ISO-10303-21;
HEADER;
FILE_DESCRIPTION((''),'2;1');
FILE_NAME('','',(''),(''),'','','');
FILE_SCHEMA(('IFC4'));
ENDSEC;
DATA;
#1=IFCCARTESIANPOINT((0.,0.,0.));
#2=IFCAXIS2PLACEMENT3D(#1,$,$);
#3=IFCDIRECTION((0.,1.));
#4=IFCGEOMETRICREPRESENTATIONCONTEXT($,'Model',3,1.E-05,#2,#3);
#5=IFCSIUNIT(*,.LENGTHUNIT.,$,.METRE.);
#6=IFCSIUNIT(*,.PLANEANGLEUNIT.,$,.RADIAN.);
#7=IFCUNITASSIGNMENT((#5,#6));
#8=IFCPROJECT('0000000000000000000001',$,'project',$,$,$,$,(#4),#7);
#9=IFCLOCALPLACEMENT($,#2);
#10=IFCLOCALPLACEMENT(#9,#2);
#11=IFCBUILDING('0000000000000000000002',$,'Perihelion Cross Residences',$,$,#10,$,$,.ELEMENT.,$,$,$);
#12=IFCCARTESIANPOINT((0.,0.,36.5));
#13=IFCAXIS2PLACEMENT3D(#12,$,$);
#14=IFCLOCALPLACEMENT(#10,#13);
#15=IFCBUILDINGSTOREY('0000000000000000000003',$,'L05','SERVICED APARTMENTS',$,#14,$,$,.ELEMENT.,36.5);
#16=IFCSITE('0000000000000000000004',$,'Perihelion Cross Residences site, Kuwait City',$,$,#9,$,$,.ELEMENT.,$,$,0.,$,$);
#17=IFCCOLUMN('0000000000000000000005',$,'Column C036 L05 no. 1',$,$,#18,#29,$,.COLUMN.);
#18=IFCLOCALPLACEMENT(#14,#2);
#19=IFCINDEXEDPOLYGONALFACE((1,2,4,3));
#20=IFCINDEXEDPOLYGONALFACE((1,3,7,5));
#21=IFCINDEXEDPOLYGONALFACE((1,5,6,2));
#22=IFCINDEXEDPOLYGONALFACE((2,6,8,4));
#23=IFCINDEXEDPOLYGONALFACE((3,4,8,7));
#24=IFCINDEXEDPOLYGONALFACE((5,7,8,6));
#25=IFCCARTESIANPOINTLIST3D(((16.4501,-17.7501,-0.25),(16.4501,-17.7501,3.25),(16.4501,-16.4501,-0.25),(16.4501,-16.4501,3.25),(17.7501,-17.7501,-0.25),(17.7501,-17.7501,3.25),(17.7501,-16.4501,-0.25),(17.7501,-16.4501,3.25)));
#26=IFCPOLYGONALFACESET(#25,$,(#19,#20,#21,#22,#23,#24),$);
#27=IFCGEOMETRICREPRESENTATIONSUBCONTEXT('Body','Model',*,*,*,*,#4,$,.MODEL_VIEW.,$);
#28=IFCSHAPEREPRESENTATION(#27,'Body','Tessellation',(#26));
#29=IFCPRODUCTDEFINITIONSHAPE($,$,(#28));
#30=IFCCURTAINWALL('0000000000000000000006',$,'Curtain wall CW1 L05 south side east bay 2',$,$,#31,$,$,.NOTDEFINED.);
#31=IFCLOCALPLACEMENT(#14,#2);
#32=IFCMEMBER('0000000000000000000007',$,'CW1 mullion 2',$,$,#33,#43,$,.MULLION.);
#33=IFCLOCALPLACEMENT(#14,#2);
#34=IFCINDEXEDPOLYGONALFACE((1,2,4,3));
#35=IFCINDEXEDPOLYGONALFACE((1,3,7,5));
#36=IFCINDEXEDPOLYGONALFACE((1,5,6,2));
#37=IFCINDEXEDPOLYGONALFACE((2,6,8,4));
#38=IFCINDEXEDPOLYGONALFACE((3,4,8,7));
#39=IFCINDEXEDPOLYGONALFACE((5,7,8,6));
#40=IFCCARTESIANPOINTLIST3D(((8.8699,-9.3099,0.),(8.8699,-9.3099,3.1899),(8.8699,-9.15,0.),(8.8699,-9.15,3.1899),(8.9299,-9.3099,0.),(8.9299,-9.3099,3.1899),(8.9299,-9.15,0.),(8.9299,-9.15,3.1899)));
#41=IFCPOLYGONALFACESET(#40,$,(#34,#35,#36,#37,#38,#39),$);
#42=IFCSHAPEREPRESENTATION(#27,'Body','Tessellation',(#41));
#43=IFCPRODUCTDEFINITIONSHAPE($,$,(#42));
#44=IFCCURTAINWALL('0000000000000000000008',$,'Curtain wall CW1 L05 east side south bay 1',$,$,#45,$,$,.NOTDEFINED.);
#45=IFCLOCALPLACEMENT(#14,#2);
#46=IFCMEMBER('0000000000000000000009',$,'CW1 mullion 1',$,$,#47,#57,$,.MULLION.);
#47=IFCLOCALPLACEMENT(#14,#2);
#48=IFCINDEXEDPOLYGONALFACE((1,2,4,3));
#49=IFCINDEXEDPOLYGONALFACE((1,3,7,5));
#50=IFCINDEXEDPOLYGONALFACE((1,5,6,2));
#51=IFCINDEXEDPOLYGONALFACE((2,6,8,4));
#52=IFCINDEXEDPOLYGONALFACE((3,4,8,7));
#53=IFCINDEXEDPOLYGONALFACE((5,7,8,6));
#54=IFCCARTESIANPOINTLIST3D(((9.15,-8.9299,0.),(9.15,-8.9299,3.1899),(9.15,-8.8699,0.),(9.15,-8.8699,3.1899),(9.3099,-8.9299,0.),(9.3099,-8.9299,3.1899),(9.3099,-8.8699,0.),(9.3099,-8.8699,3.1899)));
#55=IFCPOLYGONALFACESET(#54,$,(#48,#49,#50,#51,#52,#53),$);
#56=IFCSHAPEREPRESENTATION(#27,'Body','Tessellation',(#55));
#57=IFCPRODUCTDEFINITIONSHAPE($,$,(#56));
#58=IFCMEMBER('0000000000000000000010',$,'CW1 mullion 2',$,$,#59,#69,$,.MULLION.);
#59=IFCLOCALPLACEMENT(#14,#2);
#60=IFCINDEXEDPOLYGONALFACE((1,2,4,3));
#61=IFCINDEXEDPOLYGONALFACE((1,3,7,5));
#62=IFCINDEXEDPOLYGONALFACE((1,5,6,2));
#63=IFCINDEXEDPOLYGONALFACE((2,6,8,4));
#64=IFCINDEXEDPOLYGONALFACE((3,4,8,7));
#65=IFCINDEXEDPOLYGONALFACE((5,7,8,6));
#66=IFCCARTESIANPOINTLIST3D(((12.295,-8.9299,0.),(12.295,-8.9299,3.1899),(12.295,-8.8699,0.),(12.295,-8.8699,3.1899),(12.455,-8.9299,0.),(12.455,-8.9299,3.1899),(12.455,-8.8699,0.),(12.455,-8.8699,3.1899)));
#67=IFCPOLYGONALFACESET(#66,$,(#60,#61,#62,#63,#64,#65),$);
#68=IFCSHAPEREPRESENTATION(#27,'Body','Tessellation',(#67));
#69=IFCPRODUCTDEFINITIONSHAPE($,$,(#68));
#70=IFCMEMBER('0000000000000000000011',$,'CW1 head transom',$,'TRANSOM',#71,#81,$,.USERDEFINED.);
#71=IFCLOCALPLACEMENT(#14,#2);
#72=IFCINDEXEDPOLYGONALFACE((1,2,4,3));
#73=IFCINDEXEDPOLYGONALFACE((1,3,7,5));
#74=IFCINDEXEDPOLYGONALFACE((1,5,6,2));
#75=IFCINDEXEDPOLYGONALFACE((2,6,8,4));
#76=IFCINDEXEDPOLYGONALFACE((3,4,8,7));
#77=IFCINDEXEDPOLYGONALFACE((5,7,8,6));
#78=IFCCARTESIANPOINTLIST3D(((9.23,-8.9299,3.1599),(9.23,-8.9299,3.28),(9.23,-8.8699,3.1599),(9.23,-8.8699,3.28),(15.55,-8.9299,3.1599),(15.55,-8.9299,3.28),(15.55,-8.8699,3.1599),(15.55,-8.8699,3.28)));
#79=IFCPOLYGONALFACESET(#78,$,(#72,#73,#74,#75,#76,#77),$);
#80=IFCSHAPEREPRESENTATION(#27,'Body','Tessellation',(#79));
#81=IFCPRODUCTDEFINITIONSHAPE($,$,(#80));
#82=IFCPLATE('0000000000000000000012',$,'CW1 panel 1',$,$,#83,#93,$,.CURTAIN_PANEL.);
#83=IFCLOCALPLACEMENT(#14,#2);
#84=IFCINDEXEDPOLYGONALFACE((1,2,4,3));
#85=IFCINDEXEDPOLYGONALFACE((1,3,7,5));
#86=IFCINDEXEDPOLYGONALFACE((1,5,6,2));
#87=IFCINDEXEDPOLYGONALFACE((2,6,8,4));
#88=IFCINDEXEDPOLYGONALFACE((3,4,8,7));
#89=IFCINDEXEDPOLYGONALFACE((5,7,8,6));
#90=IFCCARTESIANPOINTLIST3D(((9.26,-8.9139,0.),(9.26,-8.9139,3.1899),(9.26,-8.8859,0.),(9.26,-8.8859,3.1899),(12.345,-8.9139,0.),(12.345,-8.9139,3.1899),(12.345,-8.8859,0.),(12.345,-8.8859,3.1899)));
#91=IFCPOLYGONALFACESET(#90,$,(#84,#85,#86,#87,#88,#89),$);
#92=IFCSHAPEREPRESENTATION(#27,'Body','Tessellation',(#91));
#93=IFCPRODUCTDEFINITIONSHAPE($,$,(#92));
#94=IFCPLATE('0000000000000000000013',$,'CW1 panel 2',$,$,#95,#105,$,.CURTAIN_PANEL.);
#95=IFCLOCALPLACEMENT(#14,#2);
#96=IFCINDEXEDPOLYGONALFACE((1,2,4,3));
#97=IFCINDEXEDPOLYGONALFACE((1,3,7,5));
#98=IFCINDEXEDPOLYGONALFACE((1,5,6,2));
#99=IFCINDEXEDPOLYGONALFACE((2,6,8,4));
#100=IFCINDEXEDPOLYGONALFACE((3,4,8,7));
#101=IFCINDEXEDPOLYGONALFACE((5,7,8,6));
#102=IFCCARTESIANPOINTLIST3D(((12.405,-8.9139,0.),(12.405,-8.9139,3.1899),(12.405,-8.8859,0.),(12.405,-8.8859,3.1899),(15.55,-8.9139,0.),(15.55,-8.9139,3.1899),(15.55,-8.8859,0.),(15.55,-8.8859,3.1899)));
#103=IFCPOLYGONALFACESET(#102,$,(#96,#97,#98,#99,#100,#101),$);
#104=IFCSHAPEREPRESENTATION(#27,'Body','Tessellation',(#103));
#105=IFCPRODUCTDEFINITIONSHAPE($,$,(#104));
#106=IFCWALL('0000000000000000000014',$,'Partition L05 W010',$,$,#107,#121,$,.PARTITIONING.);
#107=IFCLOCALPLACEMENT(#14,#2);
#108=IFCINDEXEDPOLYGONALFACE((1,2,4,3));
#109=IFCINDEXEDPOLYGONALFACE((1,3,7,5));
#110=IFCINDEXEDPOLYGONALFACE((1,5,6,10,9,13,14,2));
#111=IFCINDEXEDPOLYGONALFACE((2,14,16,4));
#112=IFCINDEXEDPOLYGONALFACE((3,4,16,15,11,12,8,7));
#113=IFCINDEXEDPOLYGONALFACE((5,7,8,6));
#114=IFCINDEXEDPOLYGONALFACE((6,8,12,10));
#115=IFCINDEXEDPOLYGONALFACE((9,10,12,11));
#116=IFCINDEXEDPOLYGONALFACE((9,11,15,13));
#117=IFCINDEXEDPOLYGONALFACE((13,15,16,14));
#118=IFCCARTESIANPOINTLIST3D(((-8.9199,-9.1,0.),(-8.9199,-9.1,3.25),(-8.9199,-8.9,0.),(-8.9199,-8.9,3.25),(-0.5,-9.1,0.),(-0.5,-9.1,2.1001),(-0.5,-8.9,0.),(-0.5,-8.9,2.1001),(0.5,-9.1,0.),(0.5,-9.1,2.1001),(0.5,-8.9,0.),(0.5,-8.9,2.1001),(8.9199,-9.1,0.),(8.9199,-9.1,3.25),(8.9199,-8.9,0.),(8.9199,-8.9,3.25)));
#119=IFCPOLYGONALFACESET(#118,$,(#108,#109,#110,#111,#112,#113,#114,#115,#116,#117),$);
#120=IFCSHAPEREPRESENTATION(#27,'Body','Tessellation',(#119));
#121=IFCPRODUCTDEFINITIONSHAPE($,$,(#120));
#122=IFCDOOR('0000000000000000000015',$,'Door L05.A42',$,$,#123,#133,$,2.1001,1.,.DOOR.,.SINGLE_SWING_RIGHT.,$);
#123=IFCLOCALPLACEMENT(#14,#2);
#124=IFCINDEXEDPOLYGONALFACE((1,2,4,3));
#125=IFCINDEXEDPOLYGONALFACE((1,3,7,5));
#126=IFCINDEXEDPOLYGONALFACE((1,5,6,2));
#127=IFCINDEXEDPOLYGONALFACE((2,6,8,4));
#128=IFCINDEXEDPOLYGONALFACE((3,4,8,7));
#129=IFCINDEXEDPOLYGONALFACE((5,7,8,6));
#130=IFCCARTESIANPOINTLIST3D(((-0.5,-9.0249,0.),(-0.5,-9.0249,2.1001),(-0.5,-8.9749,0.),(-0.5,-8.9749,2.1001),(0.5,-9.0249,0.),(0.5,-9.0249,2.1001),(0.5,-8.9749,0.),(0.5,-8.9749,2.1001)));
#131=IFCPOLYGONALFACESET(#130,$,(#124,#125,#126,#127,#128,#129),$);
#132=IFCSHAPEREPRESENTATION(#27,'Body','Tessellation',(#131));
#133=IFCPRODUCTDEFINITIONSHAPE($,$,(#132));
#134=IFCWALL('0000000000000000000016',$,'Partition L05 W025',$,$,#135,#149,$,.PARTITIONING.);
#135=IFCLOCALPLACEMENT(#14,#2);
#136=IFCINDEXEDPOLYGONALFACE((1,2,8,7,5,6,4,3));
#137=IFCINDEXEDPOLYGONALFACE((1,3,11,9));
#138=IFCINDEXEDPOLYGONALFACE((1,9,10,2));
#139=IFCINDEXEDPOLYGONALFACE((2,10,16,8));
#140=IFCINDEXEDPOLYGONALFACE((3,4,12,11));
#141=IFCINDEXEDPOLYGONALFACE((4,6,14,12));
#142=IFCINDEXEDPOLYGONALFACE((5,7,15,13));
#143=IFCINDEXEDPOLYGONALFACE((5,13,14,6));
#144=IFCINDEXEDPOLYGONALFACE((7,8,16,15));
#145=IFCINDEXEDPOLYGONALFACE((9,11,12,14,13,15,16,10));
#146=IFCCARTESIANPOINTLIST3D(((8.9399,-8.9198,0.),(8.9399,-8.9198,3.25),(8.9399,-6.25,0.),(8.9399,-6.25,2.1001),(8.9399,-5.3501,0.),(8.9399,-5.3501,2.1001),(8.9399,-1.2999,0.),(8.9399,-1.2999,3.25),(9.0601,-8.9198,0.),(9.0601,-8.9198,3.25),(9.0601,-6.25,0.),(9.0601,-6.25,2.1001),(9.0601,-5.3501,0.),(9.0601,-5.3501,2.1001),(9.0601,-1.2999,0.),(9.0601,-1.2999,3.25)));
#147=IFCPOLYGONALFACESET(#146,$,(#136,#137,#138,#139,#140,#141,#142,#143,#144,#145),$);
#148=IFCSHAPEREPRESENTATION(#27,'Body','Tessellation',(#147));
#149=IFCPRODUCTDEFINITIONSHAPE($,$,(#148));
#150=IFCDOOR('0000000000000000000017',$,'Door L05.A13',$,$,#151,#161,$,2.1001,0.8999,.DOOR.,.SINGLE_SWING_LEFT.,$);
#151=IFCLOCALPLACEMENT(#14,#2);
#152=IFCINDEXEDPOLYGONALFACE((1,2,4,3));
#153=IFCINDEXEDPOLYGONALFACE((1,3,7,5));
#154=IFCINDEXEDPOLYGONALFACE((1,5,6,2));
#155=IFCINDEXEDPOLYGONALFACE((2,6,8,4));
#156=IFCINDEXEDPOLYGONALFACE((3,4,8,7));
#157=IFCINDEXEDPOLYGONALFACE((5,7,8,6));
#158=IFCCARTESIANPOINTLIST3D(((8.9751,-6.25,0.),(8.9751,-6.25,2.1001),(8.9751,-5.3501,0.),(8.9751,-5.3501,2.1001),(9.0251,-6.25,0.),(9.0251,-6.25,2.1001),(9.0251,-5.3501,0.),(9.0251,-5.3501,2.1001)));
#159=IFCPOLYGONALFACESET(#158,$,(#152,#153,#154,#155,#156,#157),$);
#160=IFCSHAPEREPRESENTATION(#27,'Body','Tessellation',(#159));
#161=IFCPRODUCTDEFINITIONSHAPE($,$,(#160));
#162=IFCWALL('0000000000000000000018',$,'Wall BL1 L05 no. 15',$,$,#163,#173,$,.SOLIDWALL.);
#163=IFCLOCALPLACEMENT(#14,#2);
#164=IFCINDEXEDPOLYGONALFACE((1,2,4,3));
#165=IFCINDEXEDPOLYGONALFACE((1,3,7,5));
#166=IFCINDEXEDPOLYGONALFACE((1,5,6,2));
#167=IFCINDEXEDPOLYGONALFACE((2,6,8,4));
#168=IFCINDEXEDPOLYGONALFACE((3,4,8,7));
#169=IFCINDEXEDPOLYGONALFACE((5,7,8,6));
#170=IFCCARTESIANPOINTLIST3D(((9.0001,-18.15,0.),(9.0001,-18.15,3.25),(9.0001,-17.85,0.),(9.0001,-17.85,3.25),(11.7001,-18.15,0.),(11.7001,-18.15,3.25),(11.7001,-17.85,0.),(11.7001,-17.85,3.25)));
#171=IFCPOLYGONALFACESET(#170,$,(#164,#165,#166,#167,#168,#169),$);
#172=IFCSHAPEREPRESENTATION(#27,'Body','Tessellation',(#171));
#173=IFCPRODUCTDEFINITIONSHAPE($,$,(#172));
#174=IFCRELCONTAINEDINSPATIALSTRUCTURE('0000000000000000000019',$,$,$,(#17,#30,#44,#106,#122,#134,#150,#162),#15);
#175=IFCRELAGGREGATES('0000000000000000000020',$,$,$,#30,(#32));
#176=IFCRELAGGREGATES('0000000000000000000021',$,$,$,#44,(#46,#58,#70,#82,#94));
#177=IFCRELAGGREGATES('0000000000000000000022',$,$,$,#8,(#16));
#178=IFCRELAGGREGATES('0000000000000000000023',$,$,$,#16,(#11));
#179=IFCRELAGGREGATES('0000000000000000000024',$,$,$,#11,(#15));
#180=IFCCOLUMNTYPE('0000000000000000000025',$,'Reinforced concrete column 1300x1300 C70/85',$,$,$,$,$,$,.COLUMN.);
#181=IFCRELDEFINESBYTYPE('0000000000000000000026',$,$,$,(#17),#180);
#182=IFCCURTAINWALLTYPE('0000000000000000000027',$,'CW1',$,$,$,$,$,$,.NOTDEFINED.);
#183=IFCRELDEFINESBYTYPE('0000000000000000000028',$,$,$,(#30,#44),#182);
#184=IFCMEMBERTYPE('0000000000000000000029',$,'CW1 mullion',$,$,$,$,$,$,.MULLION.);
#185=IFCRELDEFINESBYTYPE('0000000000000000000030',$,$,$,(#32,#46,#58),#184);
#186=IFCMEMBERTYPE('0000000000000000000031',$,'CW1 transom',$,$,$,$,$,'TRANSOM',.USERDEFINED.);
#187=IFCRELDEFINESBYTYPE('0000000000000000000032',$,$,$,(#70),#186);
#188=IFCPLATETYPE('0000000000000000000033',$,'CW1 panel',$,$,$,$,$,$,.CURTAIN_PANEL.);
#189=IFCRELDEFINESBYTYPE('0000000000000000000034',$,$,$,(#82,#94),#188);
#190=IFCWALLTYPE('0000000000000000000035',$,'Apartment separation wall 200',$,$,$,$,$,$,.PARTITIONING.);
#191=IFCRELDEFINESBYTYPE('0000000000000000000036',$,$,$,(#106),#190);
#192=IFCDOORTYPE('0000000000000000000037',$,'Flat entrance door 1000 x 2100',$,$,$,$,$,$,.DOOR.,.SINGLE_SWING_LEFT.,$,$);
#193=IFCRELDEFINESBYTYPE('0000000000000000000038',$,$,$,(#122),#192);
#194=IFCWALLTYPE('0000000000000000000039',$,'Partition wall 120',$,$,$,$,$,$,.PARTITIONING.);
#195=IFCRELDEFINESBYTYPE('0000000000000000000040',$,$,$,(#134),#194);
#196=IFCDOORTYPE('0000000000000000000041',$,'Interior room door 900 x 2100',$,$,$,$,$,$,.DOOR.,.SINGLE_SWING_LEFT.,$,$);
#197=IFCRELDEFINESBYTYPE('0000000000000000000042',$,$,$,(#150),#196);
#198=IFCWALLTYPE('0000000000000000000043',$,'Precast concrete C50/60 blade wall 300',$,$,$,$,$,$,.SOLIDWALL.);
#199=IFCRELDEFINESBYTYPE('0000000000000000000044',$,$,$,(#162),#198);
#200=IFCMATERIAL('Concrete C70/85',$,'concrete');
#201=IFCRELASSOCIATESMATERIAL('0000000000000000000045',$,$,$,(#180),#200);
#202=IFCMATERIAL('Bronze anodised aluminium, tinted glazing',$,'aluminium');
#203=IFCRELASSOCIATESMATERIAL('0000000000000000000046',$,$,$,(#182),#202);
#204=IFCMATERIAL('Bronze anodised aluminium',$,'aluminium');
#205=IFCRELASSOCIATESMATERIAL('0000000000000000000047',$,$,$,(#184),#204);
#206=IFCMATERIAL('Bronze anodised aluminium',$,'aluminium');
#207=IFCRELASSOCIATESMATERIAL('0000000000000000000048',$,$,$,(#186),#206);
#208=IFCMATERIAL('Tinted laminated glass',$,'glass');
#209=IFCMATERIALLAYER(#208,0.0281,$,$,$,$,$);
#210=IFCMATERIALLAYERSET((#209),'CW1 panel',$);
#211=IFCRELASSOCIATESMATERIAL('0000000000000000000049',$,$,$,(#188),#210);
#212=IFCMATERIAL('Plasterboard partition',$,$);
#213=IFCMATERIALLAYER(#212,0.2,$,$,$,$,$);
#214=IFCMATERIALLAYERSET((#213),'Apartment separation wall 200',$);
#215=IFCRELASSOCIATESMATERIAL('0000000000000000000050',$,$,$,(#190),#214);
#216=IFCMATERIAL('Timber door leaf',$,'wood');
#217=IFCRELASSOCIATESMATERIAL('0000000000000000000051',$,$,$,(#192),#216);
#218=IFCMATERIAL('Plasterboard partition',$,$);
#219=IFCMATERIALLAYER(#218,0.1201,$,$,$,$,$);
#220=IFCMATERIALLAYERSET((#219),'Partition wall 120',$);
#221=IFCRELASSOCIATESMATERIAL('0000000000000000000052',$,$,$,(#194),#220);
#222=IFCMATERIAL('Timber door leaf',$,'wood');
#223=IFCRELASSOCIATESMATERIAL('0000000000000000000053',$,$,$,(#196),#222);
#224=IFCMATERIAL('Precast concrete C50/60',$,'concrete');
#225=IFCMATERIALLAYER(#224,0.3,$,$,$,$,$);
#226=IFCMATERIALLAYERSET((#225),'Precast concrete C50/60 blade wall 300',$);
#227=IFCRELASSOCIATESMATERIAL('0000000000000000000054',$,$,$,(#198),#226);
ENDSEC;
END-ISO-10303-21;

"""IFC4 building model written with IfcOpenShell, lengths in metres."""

from ifc_helpers import new_model, si_unit, direction, frame, frame_2d, origin, origin_2d, place, context, subcontext, project, spatial, rectangle, extrude, material, layer, layer_set, material_profile, profile_set, type_object, element, fill, aggregate, save


model = new_model("IFC4")

# Units and contexts
model_context = context("Model", 3, precision=1e-05, world=origin(), true_north=direction((0.0, 1.0)))
body_context = subcontext(model_context, "Body", "Model", "MODEL_VIEW")
ifc_project = project(units=[si_unit("LENGTHUNIT", "METRE"), si_unit("PLANEANGLEUNIT", "RADIAN")], contexts=[model_context])

# Site, building, storey
site_placement = place(None, origin())
site = spatial("IfcSite", under=ifc_project, at=site_placement, Name="Perihelion Cross Residences site, Kuwait City", CompositionType="ELEMENT", RefElevation=0.0)
building_placement = place(site_placement, origin())
building = spatial("IfcBuilding", under=site, at=building_placement, Name="Perihelion Cross Residences", CompositionType="ELEMENT")
storey_placement = place(building_placement, frame((0.0, 0.0, 36.5)))
storey = spatial("IfcBuildingStorey", under=building, at=storey_placement, Name="L05", Description="SERVICED APARTMENTS", CompositionType="ELEMENT", Elevation=36.5)

# Column
ifc_material_1 = material(Name="Concrete C70/85", Category="concrete")
ifc_material_profile_1 = material_profile(ifc_material_1, rectangle(XDim=1.3, YDim=1.3, at=origin_2d()), Name="RC 1300x1300")
ifc_profile_set_1 = profile_set([ifc_material_profile_1], Name="Concrete C70/85")
column_type = type_object("IfcColumnType", Name="Reinforced concrete column 1300x1300 C70/85", PredefinedType="COLUMN", material=ifc_profile_set_1)
column_placement = place(storey_placement, frame((17.1001, -17.1001, -0.25), z_axis=(0.0, 0.0, 1.0), x_axis=(1.0, 0.0, 0.0)))
element("IfcColumn", 1, at=column_placement, inside=storey, type_object=column_type, Name="Column C036 L05 no. 1", PredefinedType="COLUMN", context=body_context, shape_type="SweptSolid", body=[
    extrude(rectangle(XDim=1.3, YDim=1.3, at=origin_2d()), origin(), (0.0, 0.0, 1.0), 3.5),
])

# Curtain wall, member
ifc_material_2 = material(Name="Bronze anodised aluminium, tinted glazing", Category="aluminium")
curtain_wall_type = type_object("IfcCurtainWallType", Name="CW1", PredefinedType="NOTDEFINED", material=ifc_material_2)
curtain_wall_1_placement = place(storey_placement, origin())
curtain_wall_1 = element("IfcCurtainWall", 2, at=curtain_wall_1_placement, inside=storey, type_object=curtain_wall_type, Name="Curtain wall CW1 L05 south side east bay 2", PredefinedType="NOTDEFINED")
ifc_material_3 = material(Name="Bronze anodised aluminium", Category="aluminium")
ifc_material_profile_2 = material_profile(ifc_material_3, rectangle(XDim=0.0601, YDim=0.1599, at=origin_2d()), Name="CW1 mullion")
ifc_profile_set_2 = profile_set([ifc_material_profile_2], Name="Bronze anodised aluminium")
member_type_1 = type_object("IfcMemberType", Name="CW1 mullion", PredefinedType="MULLION", material=ifc_profile_set_2)
member_1_placement = place(storey_placement, frame((8.8999, -9.23, 0.0), z_axis=(0.0, 0.0, 1.0), x_axis=(-1.0, 0.0, 0.0)))
member_1 = element("IfcMember", 3, at=member_1_placement, type_object=member_type_1, Name="CW1 mullion 2", PredefinedType="MULLION", context=body_context, shape_type="SweptSolid", body=[
    extrude(rectangle(XDim=0.0601, YDim=0.1599, at=origin_2d()), origin(), (0.0, 0.0, 1.0), 3.1899),
])
aggregate(curtain_wall_1, [member_1])

# Curtain wall, members, plates
curtain_wall_2_placement = place(storey_placement, origin())
curtain_wall_2 = element("IfcCurtainWall", 4, at=curtain_wall_2_placement, inside=storey, type_object=curtain_wall_type, Name="Curtain wall CW1 L05 east side south bay 1", PredefinedType="NOTDEFINED")
member_2_placement = place(storey_placement, frame((9.23, -8.8999, 0.0), z_axis=(0.0, 0.0, 1.0), x_axis=(0.0, 1.0, 0.0)))
member_2 = element("IfcMember", 5, at=member_2_placement, type_object=member_type_1, Name="CW1 mullion 1", PredefinedType="MULLION", context=body_context, shape_type="SweptSolid", body=[
    extrude(rectangle(XDim=0.0601, YDim=0.1599, at=origin_2d()), origin(), (0.0, 0.0, 1.0), 3.1899),
])
member_3_placement = place(storey_placement, frame((12.375, -8.8999, 0.0), z_axis=(0.0, 0.0, 1.0), x_axis=(0.0, 1.0, 0.0)))
member_3 = element("IfcMember", 6, at=member_3_placement, type_object=member_type_1, Name="CW1 mullion 2", PredefinedType="MULLION", context=body_context, shape_type="SweptSolid", body=[
    extrude(rectangle(XDim=0.0601, YDim=0.1599, at=origin_2d()), origin(), (0.0, 0.0, 1.0), 3.1899),
])
ifc_material_4 = material(Name="Bronze anodised aluminium", Category="aluminium")
ifc_material_profile_3 = material_profile(ifc_material_4, rectangle(XDim=0.0601, YDim=0.1201, at=origin_2d()), Name="CW1 transom")
ifc_profile_set_3 = profile_set([ifc_material_profile_3], Name="Bronze anodised aluminium")
member_type_2 = type_object("IfcMemberType", Name="CW1 transom", ElementType="TRANSOM", PredefinedType="USERDEFINED", material=ifc_profile_set_3)
member_4_placement = place(storey_placement, frame((9.23, -8.8999, 3.22), z_axis=(1.0, 0.0, 0.0), x_axis=(0.0, 1.0, 0.0)))
member_4 = element("IfcMember", 7, at=member_4_placement, type_object=member_type_2, Name="CW1 head transom", ObjectType="TRANSOM", PredefinedType="USERDEFINED", context=body_context, shape_type="SweptSolid", body=[
    extrude(rectangle(XDim=0.0601, YDim=0.1201, at=origin_2d()), origin(), (0.0, 0.0, 1.0), 6.3201),
])
ifc_material_5 = material(Name="Tinted laminated glass", Category="glass")
ifc_layer_1 = layer(ifc_material_5, 0.0281)
ifc_layer_set_1 = layer_set([ifc_layer_1], Name="CW1 panel")
plate_type = type_object("IfcPlateType", Name="CW1 panel", PredefinedType="CURTAIN_PANEL", material=ifc_layer_set_1)
plate_1_placement = place(storey_placement, frame((10.8025, -8.8999, 0.0), z_axis=(0.0, 0.0, 1.0), x_axis=(1.0, 0.0, 0.0)))
plate_1 = element("IfcPlate", 8, at=plate_1_placement, type_object=plate_type, Name="CW1 panel 1", PredefinedType="CURTAIN_PANEL", context=body_context, shape_type="SweptSolid", body=[
    extrude(rectangle(XDim=3.085, YDim=0.0281, at=origin_2d()), origin(), (0.0, 0.0, 1.0), 3.1899),
])
plate_2_placement = place(storey_placement, frame((13.9775, -8.8999, 0.0), z_axis=(0.0, 0.0, 1.0), x_axis=(1.0, 0.0, 0.0)))
plate_2 = element("IfcPlate", 9, at=plate_2_placement, type_object=plate_type, Name="CW1 panel 2", PredefinedType="CURTAIN_PANEL", context=body_context, shape_type="SweptSolid", body=[
    extrude(rectangle(XDim=3.145, YDim=0.0281, at=origin_2d()), origin(), (0.0, 0.0, 1.0), 3.1899),
])
aggregate(curtain_wall_2, [member_2, member_3, member_4, plate_1, plate_2])

# Walls, openings, doors
ifc_material_6 = material(Name="Plasterboard partition")
ifc_layer_2 = layer(ifc_material_6, 0.2)
ifc_layer_set_2 = layer_set([ifc_layer_2], Name="Apartment separation wall 200")
wall_type_1 = type_object("IfcWallType", Name="Apartment separation wall 200", PredefinedType="PARTITIONING", material=ifc_layer_set_2)
wall_1_placement = place(storey_placement, frame((8.9199, -9.0, 0.0), z_axis=(0.0, 0.0, 1.0), x_axis=(-1.0, 0.0, 0.0)))
wall_1 = element("IfcWall", 10, at=wall_1_placement, inside=storey, type_object=wall_type_1, Name="Partition L05 W010", PredefinedType="PARTITIONING", context=body_context, shape_type="SweptSolid", body=[
    extrude(rectangle(XDim=17.8398, YDim=0.2, at=frame_2d((8.9199, 0.0))), origin(), (0.0, 0.0, 1.0), 3.25),
])
opening_1_placement = place(wall_1_placement, frame((8.4199, 0.0, 0.0)))
opening_1 = element("IfcOpeningElement", 11, at=opening_1_placement, cuts=wall_1, PredefinedType="OPENING", context=body_context, shape_type="SweptSolid", body=[
    extrude(rectangle(XDim=1.0, YDim=2.1001, at=frame_2d((0.5, 1.05))), frame((0.0, 0.1099, 0.0), z_axis=(0.0, -1.0, 0.0), x_axis=(1.0, 0.0, 0.0)), (0.0, 0.0, 1.0), 0.22),
])
ifc_material_7 = material(Name="Timber door leaf", Category="wood")
door_type_1 = type_object("IfcDoorType", Name="Flat entrance door 1000 x 2100", OperationType="SINGLE_SWING_LEFT", PredefinedType="DOOR", material=ifc_material_7)
door_1_placement = place(opening_1_placement, origin())
door_1 = element("IfcDoor", 12, at=door_1_placement, inside=storey, type_object=door_type_1, Name="Door L05.A42", OperationType="SINGLE_SWING_RIGHT", OverallHeight=2.1001, OverallWidth=1.0, PredefinedType="DOOR", context=body_context, shape_type="SweptSolid", body=[
    extrude(rectangle(XDim=1.0, YDim=2.1001, at=frame_2d((0.5, 1.05))), frame((0.0, 0.0249, 0.0), z_axis=(0.0, -1.0, 0.0), x_axis=(1.0, 0.0, 0.0)), (0.0, 0.0, 1.0), 0.05),
])
fill(opening_1, door_1)
ifc_material_8 = material(Name="Plasterboard partition")
ifc_layer_3 = layer(ifc_material_8, 0.1201)
ifc_layer_set_3 = layer_set([ifc_layer_3], Name="Partition wall 120")
wall_type_2 = type_object("IfcWallType", Name="Partition wall 120", PredefinedType="PARTITIONING", material=ifc_layer_set_3)
wall_2_placement = place(storey_placement, frame((9.0, -8.9199, 0.0), z_axis=(0.0, 0.0, 1.0), x_axis=(0.0, 1.0, 0.0)))
wall_2 = element("IfcWall", 13, at=wall_2_placement, inside=storey, type_object=wall_type_2, Name="Partition L05 W025", PredefinedType="PARTITIONING", context=body_context, shape_type="SweptSolid", body=[
    extrude(rectangle(XDim=7.6199, YDim=0.1201, at=frame_2d((3.8101, 0.0))), origin(), (0.0, 0.0, 1.0), 3.25),
])
opening_2_placement = place(wall_2_placement, frame((2.6699, 0.0, 0.0)))
opening_2 = element("IfcOpeningElement", 14, at=opening_2_placement, cuts=wall_2, PredefinedType="OPENING", context=body_context, shape_type="SweptSolid", body=[
    extrude(rectangle(XDim=0.8999, YDim=2.1001, at=frame_2d((0.45, 1.05))), frame((0.0, 0.0701, 0.0), z_axis=(0.0, -1.0, 0.0), x_axis=(1.0, 0.0, 0.0)), (0.0, 0.0, 1.0), 0.1401),
])
ifc_material_9 = material(Name="Timber door leaf", Category="wood")
door_type_2 = type_object("IfcDoorType", Name="Interior room door 900 x 2100", OperationType="SINGLE_SWING_LEFT", PredefinedType="DOOR", material=ifc_material_9)
door_2_placement = place(opening_2_placement, origin())
door_2 = element("IfcDoor", 15, at=door_2_placement, inside=storey, type_object=door_type_2, Name="Door L05.A13", OperationType="SINGLE_SWING_LEFT", OverallHeight=2.1001, OverallWidth=0.8999, PredefinedType="DOOR", context=body_context, shape_type="SweptSolid", body=[
    extrude(rectangle(XDim=0.8999, YDim=2.1001, at=frame_2d((0.45, 1.05))), frame((0.0, 0.0249, 0.0), z_axis=(0.0, -1.0, 0.0), x_axis=(1.0, 0.0, 0.0)), (0.0, 0.0, 1.0), 0.05),
])
fill(opening_2, door_2)

# Wall
ifc_material_10 = material(Name="Precast concrete C50/60", Category="concrete")
ifc_layer_4 = layer(ifc_material_10, 0.3)
ifc_layer_set_4 = layer_set([ifc_layer_4], Name="Precast concrete C50/60 blade wall 300")
wall_type_3 = type_object("IfcWallType", Name="Precast concrete C50/60 blade wall 300", PredefinedType="SOLIDWALL", material=ifc_layer_set_4)
wall_3_placement = place(storey_placement, frame((9.0, -18.0, 0.0), z_axis=(0.0, 0.0, 1.0), x_axis=(1.0, 0.0, 0.0)))
element("IfcWall", 16, at=wall_3_placement, inside=storey, type_object=wall_type_3, Name="Wall BL1 L05 no. 15", PredefinedType="SOLIDWALL", context=body_context, shape_type="SweptSolid", body=[
    extrude(rectangle(XDim=2.7, YDim=0.3, at=frame_2d((1.3501, 0.0))), origin(), (0.0, 0.0, 1.0), 3.25),
])

save(model, "model.ifc")
